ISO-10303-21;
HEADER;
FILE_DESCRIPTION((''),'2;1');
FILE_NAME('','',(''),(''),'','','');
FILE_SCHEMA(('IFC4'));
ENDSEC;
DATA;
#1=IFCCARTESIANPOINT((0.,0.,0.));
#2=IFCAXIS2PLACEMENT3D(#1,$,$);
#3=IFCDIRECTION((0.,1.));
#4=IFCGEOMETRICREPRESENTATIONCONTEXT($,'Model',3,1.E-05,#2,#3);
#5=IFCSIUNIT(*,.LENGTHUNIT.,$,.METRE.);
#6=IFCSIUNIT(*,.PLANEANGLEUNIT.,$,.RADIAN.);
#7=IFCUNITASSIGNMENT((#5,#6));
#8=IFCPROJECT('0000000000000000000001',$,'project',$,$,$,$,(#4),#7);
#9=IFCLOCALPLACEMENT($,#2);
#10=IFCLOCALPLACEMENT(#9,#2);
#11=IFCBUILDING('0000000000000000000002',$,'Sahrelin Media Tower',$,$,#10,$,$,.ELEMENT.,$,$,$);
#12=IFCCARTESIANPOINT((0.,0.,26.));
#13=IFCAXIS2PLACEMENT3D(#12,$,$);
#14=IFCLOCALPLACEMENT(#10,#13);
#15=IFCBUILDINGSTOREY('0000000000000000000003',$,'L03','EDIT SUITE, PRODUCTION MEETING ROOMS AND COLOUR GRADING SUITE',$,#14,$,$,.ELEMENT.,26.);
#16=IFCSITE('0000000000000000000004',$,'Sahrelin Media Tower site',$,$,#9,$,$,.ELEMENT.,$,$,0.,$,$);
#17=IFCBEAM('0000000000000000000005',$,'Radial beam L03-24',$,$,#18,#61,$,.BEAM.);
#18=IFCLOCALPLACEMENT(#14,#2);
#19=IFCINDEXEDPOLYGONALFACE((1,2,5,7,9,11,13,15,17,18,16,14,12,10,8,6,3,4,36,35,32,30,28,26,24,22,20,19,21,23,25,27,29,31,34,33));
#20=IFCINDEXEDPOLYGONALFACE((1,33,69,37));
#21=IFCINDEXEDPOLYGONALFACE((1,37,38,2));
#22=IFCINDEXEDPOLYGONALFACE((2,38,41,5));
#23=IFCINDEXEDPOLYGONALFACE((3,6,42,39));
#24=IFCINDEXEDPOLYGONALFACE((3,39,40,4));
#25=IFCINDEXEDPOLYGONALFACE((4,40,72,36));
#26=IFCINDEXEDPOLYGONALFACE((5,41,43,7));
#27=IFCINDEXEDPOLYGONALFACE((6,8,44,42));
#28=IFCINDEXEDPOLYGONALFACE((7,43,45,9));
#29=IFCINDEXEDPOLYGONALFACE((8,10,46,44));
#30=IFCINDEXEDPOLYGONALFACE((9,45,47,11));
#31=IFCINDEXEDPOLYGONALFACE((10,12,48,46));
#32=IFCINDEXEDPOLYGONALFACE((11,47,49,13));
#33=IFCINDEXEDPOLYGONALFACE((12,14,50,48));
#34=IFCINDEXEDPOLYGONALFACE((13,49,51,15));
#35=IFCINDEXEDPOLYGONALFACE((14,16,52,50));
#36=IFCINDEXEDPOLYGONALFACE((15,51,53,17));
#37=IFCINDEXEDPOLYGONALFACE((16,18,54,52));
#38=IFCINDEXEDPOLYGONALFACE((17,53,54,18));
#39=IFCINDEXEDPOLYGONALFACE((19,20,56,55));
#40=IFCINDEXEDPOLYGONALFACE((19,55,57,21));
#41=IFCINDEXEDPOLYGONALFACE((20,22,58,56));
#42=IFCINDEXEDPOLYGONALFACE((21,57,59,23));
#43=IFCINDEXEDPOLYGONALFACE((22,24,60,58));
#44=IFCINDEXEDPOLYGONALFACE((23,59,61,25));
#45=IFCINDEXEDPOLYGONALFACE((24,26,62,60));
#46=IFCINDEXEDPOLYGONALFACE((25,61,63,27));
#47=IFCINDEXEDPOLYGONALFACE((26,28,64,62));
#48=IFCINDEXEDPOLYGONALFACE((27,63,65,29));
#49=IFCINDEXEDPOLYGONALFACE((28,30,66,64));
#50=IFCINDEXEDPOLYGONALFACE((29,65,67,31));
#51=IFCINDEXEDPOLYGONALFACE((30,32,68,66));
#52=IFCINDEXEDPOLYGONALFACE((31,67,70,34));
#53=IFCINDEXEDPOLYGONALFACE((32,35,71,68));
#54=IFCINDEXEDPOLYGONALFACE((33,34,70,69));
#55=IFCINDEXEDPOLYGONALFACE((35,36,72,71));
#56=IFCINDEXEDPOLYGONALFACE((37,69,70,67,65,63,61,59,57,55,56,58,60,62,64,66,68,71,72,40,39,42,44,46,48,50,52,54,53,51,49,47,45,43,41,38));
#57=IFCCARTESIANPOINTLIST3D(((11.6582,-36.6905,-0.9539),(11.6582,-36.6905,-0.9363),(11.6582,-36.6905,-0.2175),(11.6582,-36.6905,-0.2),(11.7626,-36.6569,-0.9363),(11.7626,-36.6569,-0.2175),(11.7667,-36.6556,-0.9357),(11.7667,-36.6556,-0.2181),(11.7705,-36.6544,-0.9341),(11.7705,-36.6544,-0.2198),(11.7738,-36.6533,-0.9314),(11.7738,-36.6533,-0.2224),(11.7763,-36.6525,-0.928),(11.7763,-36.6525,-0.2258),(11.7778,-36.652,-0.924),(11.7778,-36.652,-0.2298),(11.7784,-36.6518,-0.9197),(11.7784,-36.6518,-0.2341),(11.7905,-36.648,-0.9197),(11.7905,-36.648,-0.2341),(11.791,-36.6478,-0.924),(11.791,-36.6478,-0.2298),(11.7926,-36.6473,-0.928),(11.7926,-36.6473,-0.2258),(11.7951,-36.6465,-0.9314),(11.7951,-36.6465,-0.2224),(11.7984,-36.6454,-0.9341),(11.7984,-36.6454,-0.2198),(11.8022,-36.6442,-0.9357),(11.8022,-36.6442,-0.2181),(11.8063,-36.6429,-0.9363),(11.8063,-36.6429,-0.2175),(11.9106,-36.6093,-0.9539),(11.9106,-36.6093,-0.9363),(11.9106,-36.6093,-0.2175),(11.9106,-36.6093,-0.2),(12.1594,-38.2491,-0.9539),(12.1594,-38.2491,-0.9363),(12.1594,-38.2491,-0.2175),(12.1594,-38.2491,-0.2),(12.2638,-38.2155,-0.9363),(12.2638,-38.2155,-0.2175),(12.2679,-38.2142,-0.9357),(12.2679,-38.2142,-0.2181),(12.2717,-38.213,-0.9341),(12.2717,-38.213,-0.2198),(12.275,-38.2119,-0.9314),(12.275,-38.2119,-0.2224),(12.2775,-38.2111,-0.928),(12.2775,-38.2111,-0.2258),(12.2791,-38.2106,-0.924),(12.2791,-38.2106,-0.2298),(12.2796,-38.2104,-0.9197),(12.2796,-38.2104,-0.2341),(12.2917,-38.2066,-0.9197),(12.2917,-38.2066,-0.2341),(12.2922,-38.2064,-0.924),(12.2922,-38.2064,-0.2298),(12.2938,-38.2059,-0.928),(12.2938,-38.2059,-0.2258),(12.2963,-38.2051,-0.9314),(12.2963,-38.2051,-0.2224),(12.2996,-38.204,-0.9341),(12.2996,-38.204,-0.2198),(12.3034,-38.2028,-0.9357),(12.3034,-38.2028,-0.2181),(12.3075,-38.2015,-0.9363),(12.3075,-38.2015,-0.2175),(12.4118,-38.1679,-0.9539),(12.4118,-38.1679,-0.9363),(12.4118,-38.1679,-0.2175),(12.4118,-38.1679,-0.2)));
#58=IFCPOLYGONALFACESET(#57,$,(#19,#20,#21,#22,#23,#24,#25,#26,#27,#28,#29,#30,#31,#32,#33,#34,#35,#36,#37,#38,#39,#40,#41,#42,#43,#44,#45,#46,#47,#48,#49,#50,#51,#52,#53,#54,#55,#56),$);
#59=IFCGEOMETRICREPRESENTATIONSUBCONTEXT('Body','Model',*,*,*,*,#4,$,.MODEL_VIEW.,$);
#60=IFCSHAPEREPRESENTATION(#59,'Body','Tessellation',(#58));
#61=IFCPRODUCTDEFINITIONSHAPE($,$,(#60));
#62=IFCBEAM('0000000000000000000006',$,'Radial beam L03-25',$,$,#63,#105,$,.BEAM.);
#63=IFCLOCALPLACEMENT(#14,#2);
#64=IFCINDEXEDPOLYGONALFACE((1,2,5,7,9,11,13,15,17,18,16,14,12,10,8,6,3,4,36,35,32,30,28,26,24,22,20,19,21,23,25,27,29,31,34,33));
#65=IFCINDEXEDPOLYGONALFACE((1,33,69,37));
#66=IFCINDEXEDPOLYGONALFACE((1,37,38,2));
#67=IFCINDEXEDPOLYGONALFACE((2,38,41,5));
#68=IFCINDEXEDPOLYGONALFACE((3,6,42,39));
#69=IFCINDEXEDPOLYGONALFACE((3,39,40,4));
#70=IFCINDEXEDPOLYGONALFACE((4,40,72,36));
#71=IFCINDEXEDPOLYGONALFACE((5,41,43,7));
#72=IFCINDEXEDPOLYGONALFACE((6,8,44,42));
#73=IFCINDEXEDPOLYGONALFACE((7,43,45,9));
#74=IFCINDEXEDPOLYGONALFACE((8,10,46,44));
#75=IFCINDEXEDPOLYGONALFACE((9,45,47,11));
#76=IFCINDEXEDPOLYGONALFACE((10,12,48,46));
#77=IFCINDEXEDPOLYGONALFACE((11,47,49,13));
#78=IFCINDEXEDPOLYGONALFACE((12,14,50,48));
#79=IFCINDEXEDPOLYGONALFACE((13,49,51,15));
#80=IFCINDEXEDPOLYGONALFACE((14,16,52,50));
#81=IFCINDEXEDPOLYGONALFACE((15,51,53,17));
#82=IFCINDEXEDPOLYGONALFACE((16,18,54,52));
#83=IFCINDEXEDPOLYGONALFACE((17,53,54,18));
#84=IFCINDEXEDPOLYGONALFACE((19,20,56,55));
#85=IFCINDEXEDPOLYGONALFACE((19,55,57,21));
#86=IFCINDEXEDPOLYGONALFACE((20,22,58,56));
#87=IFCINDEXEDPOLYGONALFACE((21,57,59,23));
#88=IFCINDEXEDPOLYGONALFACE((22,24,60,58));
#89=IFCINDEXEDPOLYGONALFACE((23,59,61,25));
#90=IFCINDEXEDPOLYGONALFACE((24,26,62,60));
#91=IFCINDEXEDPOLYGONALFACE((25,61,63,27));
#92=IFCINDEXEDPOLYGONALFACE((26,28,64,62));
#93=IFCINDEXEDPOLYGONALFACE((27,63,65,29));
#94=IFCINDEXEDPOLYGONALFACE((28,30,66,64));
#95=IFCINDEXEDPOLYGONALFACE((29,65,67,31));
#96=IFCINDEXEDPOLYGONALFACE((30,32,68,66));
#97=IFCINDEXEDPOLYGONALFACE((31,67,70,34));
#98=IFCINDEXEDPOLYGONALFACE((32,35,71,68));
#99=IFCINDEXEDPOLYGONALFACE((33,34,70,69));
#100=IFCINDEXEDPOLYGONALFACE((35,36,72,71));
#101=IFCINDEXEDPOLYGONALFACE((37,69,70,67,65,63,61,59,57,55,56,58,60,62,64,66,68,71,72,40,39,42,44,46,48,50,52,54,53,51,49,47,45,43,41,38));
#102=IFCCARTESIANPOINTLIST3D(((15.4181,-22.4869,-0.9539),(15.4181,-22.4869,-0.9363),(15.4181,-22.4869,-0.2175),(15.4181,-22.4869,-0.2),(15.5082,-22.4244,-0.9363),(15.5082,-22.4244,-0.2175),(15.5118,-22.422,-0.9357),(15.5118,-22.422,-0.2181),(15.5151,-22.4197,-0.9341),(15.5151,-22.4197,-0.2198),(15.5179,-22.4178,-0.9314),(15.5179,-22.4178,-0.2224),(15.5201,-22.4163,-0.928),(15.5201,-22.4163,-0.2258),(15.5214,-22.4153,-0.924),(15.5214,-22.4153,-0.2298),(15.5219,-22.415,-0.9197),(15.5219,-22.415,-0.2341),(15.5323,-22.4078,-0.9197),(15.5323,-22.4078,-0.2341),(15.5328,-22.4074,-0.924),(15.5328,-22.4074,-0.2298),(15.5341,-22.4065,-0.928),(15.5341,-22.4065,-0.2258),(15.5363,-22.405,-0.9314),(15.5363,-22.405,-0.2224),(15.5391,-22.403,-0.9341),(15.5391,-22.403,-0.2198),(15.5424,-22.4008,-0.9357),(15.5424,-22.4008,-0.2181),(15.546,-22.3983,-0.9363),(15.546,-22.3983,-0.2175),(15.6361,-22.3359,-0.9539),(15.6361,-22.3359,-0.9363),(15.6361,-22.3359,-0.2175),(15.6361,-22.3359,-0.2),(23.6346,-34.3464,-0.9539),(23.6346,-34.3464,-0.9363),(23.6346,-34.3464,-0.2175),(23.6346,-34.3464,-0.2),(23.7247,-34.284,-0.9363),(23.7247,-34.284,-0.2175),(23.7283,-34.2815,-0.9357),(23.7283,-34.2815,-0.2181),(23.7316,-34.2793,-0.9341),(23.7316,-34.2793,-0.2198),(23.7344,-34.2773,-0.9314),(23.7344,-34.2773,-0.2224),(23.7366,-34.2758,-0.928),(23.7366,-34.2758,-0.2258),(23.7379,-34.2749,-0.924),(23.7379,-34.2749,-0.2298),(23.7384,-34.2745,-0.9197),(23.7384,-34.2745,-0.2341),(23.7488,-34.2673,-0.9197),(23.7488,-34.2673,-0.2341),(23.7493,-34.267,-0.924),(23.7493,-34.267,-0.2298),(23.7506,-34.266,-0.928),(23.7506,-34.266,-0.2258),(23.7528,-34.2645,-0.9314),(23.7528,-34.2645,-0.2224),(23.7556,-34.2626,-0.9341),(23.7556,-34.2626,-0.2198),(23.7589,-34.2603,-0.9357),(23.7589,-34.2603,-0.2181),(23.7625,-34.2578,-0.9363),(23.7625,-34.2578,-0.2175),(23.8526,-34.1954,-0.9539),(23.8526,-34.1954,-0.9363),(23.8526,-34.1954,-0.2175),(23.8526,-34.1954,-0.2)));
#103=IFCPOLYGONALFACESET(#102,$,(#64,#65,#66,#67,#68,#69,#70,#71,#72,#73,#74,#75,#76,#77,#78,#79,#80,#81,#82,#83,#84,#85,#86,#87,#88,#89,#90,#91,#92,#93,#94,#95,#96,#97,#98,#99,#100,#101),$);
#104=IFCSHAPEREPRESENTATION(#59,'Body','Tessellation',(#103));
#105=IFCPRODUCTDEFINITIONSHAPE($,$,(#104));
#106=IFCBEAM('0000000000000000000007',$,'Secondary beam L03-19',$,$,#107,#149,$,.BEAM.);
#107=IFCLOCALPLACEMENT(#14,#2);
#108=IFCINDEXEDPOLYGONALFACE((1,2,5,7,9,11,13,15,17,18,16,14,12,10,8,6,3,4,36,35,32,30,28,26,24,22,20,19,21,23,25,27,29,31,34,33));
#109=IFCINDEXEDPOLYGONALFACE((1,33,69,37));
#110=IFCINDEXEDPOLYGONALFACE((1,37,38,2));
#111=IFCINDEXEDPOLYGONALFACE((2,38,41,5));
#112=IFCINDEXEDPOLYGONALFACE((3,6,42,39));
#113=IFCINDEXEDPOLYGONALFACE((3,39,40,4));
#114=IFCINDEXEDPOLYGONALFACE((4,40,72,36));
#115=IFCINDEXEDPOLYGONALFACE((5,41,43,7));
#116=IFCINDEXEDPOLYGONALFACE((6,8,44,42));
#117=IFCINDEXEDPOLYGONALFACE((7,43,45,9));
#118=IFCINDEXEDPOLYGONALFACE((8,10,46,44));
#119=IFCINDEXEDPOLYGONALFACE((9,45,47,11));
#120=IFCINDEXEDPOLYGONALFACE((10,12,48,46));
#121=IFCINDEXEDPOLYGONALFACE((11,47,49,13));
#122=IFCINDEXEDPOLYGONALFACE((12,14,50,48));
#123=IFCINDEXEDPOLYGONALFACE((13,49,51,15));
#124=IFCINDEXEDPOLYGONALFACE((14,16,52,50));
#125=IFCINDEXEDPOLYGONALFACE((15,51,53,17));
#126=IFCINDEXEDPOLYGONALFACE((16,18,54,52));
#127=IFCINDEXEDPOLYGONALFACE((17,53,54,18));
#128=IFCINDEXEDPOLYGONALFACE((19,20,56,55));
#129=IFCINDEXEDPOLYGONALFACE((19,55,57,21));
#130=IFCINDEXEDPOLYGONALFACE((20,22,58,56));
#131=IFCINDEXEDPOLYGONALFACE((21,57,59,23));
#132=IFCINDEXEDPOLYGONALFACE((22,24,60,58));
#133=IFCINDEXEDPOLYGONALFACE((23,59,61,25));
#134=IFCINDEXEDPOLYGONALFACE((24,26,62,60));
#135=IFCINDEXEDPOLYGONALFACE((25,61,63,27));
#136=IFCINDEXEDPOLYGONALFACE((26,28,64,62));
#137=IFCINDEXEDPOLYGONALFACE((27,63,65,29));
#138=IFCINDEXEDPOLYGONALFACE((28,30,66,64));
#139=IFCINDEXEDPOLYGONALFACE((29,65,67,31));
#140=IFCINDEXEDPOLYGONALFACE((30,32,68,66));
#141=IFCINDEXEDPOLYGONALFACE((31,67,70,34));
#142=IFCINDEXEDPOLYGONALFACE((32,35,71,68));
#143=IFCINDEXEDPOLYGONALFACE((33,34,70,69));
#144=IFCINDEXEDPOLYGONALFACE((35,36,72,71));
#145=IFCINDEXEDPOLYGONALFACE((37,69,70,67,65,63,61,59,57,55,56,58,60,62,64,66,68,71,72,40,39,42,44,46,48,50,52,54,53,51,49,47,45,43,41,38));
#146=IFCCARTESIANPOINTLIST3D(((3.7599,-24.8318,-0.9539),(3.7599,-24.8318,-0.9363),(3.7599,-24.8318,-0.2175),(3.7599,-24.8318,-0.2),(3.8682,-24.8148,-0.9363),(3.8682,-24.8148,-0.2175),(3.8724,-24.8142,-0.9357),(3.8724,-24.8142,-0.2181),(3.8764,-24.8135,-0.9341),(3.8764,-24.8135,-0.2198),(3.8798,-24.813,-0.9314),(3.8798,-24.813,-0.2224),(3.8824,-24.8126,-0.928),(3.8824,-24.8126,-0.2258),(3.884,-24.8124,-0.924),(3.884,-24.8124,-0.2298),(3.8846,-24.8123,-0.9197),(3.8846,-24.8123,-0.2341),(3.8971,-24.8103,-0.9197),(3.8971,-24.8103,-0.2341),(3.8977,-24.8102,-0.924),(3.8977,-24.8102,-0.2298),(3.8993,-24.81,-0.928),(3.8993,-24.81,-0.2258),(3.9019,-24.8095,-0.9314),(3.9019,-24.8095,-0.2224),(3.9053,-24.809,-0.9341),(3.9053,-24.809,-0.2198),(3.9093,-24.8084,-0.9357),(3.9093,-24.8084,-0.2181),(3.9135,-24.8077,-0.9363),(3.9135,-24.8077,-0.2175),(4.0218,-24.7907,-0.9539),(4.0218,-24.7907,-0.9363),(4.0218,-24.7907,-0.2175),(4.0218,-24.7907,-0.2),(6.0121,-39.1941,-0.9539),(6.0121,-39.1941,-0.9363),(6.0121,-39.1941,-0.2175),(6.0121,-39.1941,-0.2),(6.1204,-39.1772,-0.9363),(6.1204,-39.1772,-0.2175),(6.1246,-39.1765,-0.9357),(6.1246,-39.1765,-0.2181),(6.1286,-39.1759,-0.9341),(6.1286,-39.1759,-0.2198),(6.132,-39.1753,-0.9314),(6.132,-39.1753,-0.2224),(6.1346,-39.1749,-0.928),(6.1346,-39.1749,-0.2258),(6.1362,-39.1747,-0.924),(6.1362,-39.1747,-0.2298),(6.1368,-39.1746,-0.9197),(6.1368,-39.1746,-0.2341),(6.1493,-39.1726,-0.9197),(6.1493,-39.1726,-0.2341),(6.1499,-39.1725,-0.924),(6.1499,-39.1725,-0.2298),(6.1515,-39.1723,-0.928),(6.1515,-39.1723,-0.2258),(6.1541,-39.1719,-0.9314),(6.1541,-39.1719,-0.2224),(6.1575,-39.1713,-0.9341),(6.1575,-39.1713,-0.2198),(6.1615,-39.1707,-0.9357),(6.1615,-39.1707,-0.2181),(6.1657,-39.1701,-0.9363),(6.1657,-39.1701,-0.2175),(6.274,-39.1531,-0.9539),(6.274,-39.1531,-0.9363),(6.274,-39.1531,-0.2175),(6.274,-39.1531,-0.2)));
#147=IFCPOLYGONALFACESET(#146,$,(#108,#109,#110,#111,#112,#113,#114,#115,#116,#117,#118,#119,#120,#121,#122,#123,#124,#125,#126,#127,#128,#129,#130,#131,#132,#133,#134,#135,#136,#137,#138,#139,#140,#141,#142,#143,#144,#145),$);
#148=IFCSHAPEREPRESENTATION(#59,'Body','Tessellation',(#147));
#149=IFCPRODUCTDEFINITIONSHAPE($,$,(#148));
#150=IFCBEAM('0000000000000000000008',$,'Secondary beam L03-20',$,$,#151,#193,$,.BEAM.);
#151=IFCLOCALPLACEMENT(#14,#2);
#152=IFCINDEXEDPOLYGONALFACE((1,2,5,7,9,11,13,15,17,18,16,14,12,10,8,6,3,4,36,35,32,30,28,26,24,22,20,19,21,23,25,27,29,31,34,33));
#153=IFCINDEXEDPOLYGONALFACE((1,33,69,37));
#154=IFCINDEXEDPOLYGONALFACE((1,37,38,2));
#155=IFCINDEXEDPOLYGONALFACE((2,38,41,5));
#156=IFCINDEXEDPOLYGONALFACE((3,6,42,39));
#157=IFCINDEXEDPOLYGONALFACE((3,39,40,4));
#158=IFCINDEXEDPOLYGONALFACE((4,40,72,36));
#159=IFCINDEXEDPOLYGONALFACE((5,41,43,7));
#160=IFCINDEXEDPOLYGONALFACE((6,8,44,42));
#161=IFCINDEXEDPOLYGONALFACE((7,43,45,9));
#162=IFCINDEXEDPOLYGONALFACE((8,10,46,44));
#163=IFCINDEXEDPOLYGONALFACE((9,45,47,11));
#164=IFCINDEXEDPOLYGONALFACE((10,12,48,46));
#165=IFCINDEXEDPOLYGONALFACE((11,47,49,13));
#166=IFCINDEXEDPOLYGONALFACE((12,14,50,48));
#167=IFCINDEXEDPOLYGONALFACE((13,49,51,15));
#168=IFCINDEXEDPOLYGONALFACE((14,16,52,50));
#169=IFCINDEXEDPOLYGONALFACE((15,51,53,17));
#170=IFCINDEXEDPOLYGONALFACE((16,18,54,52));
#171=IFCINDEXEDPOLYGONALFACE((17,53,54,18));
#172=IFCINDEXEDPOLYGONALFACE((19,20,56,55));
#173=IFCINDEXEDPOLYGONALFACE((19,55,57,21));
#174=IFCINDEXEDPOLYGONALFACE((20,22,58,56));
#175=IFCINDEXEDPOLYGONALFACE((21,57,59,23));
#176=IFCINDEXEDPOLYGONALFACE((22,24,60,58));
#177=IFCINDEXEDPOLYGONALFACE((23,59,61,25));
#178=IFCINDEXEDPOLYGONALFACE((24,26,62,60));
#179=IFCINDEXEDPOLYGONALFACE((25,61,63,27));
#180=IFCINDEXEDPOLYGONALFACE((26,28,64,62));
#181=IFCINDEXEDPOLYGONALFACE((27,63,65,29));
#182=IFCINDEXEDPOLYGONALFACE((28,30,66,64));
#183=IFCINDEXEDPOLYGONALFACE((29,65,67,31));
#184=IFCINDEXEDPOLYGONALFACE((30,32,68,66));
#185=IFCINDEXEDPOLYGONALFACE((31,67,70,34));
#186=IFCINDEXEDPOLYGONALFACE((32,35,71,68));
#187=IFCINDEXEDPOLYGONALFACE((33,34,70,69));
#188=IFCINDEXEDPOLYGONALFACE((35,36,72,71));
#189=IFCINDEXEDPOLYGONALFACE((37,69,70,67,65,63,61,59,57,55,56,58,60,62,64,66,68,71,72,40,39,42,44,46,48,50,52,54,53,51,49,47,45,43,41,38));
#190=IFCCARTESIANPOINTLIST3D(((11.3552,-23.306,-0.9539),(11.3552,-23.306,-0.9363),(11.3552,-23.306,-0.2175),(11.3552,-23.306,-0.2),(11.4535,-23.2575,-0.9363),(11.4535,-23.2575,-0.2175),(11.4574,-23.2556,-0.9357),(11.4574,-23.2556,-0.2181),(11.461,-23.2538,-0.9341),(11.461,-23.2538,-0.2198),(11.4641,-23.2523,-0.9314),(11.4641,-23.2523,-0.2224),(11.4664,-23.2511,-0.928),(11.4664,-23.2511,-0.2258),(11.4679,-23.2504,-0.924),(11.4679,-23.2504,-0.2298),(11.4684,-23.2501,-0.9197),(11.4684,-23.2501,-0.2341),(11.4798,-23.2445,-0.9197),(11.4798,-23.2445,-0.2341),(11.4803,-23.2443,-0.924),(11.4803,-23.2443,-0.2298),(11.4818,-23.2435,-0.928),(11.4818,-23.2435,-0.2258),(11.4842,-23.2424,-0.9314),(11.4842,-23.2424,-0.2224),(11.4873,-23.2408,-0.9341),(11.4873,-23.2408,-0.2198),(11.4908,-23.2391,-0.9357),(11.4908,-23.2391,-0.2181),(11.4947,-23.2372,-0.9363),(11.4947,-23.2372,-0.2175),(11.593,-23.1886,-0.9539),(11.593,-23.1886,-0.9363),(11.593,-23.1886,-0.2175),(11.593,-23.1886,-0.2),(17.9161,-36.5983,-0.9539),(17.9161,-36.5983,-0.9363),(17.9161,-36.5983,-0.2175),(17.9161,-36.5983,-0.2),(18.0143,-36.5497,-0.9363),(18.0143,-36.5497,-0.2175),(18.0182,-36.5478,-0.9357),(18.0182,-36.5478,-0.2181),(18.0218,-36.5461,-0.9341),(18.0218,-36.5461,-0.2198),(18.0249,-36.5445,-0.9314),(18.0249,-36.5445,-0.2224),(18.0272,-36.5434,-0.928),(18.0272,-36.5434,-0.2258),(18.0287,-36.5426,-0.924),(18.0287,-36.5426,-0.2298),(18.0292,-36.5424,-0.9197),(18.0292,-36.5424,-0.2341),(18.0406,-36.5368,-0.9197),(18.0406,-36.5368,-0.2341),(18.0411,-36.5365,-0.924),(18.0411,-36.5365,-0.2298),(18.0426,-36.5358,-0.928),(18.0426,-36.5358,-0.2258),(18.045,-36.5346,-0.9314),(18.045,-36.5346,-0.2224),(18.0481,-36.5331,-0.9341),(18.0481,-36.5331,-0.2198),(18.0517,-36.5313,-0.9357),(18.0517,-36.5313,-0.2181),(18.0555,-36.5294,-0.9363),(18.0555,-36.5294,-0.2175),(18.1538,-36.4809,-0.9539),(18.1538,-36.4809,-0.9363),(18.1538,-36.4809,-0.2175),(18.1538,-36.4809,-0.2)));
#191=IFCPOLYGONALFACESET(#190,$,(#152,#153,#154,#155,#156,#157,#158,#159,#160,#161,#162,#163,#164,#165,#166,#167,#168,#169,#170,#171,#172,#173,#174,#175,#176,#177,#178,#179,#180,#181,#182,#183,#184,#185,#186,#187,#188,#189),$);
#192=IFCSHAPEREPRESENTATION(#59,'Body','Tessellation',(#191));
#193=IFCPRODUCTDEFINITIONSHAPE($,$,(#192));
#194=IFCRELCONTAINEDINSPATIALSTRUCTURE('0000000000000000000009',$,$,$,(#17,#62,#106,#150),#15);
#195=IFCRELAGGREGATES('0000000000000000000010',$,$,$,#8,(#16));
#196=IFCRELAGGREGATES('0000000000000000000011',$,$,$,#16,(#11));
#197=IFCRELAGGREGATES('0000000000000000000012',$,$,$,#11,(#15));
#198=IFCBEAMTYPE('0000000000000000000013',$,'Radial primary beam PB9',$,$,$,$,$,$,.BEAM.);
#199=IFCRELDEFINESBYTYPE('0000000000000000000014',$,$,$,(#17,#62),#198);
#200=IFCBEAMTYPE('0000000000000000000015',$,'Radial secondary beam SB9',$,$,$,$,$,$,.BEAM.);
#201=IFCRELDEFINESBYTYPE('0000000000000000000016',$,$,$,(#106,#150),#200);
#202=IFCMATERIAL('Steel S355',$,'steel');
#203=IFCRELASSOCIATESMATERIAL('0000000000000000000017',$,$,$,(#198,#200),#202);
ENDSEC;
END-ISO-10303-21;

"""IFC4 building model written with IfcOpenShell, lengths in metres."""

from ifc_helpers import new_model, si_unit, direction, frame, origin, origin_2d, place, context, subcontext, project, spatial, i_section, extrude, material, material_profile, profile_set, type_object, element, save


model = new_model("IFC4")

# Units and contexts
model_context = context("Model", 3, precision=1e-05, world=origin(), true_north=direction((0.0, 1.0)))
body_context = subcontext(model_context, "Body", "Model", "MODEL_VIEW")
ifc_project = project(units=[si_unit("LENGTHUNIT", "METRE"), si_unit("PLANEANGLEUNIT", "RADIAN")], contexts=[model_context])

# Site, building, storey
site_placement = place(None, origin())
site = spatial("IfcSite", under=ifc_project, at=site_placement, Name="Sahrelin Media Tower site", CompositionType="ELEMENT", RefElevation=0.0)
building_placement = place(site_placement, origin())
building = spatial("IfcBuilding", under=site, at=building_placement, Name="Sahrelin Media Tower", CompositionType="ELEMENT")
storey_placement = place(building_placement, frame((0.0, 0.0, 26.0)))
storey = spatial("IfcBuildingStorey", under=building, at=storey_placement, Name="L03", Description="EDIT SUITE, PRODUCTION MEETING ROOMS AND COLOUR GRADING SUITE", CompositionType="ELEMENT", Elevation=26.0)

# Beams
ifc_material_1 = material(Name="Steel S355", Category="steel")
ifc_material_profile_1 = material_profile(ifc_material_1, i_section(OverallWidth=0.2651, OverallDepth=0.7539, WebThickness=0.0127, FlangeThickness=0.0176, FilletRadius=0.0166, at=origin_2d()), Name="UB 762x267x147")
ifc_profile_set_1 = profile_set([ifc_material_profile_1], Name="Steel S355")
beam_type_1 = type_object("IfcBeamType", Name="Radial primary beam PB9", PredefinedType="BEAM", material=ifc_profile_set_1)
beam_1_placement = place(storey_placement, frame((11.7844, -36.6499, -0.5769), z_axis=(0.306144, -0.951985, 0.0), x_axis=(0.951985, 0.306144, 0.0)))
element("IfcBeam", 1, at=beam_1_placement, inside=storey, type_object=beam_type_1, Name="Radial beam L03-24", PredefinedType="BEAM", context=body_context, shape_type="SweptSolid", body=[
    extrude(i_section(OverallWidth=0.2651, OverallDepth=0.7539, WebThickness=0.0127, FlangeThickness=0.0176, FilletRadius=0.0166, at=origin_2d()), origin(), (0.0, 0.0, 1.0), 1.6372),
])
beam_2_placement = place(storey_placement, frame((15.5271, -22.4114, -0.5769), z_axis=(0.569493, -0.821996, 0.0), x_axis=(0.821996, 0.569493, 0.0)))
element("IfcBeam", 2, at=beam_2_placement, inside=storey, type_object=beam_type_1, Name="Radial beam L03-25", PredefinedType="BEAM", context=body_context, shape_type="SweptSolid", body=[
    extrude(i_section(OverallWidth=0.2651, OverallDepth=0.7539, WebThickness=0.0127, FlangeThickness=0.0176, FilletRadius=0.0166, at=origin_2d()), origin(), (0.0, 0.0, 1.0), 14.4277),
])
ifc_material_profile_2 = material_profile(ifc_material_1, i_section(OverallWidth=0.2651, OverallDepth=0.7539, WebThickness=0.0127, FlangeThickness=0.0176, FilletRadius=0.0166, at=origin_2d()), Name="UB 762x267x147")
ifc_profile_set_2 = profile_set([ifc_material_profile_2], Name="Steel S355")
beam_type_2 = type_object("IfcBeamType", Name="Radial secondary beam SB9", PredefinedType="BEAM", material=ifc_profile_set_2)
beam_3_placement = place(storey_placement, frame((3.8909, -24.8113, -0.5769), z_axis=(0.15492, -0.987927, 0.0), x_axis=(0.987927, 0.15492, 0.0)))
element("IfcBeam", 3, at=beam_3_placement, inside=storey, type_object=beam_type_2, Name="Secondary beam L03-19", PredefinedType="BEAM", context=body_context, shape_type="SweptSolid", body=[
    extrude(i_section(OverallWidth=0.2651, OverallDepth=0.7539, WebThickness=0.0127, FlangeThickness=0.0176, FilletRadius=0.0166, at=origin_2d()), origin(), (0.0, 0.0, 1.0), 14.5378),
])
beam_4_placement = place(storey_placement, frame((11.4741, -23.2473, -0.5769), z_axis=(0.442603, -0.896718, 0.0), x_axis=(0.896718, 0.442603, 0.0)))
element("IfcBeam", 4, at=beam_4_placement, inside=storey, type_object=beam_type_2, Name="Secondary beam L03-20", PredefinedType="BEAM", context=body_context, shape_type="SweptSolid", body=[
    extrude(i_section(OverallWidth=0.2651, OverallDepth=0.7539, WebThickness=0.0127, FlangeThickness=0.0176, FilletRadius=0.0166, at=origin_2d()), origin(), (0.0, 0.0, 1.0), 14.8232),
])

save(model, "model.ifc")
